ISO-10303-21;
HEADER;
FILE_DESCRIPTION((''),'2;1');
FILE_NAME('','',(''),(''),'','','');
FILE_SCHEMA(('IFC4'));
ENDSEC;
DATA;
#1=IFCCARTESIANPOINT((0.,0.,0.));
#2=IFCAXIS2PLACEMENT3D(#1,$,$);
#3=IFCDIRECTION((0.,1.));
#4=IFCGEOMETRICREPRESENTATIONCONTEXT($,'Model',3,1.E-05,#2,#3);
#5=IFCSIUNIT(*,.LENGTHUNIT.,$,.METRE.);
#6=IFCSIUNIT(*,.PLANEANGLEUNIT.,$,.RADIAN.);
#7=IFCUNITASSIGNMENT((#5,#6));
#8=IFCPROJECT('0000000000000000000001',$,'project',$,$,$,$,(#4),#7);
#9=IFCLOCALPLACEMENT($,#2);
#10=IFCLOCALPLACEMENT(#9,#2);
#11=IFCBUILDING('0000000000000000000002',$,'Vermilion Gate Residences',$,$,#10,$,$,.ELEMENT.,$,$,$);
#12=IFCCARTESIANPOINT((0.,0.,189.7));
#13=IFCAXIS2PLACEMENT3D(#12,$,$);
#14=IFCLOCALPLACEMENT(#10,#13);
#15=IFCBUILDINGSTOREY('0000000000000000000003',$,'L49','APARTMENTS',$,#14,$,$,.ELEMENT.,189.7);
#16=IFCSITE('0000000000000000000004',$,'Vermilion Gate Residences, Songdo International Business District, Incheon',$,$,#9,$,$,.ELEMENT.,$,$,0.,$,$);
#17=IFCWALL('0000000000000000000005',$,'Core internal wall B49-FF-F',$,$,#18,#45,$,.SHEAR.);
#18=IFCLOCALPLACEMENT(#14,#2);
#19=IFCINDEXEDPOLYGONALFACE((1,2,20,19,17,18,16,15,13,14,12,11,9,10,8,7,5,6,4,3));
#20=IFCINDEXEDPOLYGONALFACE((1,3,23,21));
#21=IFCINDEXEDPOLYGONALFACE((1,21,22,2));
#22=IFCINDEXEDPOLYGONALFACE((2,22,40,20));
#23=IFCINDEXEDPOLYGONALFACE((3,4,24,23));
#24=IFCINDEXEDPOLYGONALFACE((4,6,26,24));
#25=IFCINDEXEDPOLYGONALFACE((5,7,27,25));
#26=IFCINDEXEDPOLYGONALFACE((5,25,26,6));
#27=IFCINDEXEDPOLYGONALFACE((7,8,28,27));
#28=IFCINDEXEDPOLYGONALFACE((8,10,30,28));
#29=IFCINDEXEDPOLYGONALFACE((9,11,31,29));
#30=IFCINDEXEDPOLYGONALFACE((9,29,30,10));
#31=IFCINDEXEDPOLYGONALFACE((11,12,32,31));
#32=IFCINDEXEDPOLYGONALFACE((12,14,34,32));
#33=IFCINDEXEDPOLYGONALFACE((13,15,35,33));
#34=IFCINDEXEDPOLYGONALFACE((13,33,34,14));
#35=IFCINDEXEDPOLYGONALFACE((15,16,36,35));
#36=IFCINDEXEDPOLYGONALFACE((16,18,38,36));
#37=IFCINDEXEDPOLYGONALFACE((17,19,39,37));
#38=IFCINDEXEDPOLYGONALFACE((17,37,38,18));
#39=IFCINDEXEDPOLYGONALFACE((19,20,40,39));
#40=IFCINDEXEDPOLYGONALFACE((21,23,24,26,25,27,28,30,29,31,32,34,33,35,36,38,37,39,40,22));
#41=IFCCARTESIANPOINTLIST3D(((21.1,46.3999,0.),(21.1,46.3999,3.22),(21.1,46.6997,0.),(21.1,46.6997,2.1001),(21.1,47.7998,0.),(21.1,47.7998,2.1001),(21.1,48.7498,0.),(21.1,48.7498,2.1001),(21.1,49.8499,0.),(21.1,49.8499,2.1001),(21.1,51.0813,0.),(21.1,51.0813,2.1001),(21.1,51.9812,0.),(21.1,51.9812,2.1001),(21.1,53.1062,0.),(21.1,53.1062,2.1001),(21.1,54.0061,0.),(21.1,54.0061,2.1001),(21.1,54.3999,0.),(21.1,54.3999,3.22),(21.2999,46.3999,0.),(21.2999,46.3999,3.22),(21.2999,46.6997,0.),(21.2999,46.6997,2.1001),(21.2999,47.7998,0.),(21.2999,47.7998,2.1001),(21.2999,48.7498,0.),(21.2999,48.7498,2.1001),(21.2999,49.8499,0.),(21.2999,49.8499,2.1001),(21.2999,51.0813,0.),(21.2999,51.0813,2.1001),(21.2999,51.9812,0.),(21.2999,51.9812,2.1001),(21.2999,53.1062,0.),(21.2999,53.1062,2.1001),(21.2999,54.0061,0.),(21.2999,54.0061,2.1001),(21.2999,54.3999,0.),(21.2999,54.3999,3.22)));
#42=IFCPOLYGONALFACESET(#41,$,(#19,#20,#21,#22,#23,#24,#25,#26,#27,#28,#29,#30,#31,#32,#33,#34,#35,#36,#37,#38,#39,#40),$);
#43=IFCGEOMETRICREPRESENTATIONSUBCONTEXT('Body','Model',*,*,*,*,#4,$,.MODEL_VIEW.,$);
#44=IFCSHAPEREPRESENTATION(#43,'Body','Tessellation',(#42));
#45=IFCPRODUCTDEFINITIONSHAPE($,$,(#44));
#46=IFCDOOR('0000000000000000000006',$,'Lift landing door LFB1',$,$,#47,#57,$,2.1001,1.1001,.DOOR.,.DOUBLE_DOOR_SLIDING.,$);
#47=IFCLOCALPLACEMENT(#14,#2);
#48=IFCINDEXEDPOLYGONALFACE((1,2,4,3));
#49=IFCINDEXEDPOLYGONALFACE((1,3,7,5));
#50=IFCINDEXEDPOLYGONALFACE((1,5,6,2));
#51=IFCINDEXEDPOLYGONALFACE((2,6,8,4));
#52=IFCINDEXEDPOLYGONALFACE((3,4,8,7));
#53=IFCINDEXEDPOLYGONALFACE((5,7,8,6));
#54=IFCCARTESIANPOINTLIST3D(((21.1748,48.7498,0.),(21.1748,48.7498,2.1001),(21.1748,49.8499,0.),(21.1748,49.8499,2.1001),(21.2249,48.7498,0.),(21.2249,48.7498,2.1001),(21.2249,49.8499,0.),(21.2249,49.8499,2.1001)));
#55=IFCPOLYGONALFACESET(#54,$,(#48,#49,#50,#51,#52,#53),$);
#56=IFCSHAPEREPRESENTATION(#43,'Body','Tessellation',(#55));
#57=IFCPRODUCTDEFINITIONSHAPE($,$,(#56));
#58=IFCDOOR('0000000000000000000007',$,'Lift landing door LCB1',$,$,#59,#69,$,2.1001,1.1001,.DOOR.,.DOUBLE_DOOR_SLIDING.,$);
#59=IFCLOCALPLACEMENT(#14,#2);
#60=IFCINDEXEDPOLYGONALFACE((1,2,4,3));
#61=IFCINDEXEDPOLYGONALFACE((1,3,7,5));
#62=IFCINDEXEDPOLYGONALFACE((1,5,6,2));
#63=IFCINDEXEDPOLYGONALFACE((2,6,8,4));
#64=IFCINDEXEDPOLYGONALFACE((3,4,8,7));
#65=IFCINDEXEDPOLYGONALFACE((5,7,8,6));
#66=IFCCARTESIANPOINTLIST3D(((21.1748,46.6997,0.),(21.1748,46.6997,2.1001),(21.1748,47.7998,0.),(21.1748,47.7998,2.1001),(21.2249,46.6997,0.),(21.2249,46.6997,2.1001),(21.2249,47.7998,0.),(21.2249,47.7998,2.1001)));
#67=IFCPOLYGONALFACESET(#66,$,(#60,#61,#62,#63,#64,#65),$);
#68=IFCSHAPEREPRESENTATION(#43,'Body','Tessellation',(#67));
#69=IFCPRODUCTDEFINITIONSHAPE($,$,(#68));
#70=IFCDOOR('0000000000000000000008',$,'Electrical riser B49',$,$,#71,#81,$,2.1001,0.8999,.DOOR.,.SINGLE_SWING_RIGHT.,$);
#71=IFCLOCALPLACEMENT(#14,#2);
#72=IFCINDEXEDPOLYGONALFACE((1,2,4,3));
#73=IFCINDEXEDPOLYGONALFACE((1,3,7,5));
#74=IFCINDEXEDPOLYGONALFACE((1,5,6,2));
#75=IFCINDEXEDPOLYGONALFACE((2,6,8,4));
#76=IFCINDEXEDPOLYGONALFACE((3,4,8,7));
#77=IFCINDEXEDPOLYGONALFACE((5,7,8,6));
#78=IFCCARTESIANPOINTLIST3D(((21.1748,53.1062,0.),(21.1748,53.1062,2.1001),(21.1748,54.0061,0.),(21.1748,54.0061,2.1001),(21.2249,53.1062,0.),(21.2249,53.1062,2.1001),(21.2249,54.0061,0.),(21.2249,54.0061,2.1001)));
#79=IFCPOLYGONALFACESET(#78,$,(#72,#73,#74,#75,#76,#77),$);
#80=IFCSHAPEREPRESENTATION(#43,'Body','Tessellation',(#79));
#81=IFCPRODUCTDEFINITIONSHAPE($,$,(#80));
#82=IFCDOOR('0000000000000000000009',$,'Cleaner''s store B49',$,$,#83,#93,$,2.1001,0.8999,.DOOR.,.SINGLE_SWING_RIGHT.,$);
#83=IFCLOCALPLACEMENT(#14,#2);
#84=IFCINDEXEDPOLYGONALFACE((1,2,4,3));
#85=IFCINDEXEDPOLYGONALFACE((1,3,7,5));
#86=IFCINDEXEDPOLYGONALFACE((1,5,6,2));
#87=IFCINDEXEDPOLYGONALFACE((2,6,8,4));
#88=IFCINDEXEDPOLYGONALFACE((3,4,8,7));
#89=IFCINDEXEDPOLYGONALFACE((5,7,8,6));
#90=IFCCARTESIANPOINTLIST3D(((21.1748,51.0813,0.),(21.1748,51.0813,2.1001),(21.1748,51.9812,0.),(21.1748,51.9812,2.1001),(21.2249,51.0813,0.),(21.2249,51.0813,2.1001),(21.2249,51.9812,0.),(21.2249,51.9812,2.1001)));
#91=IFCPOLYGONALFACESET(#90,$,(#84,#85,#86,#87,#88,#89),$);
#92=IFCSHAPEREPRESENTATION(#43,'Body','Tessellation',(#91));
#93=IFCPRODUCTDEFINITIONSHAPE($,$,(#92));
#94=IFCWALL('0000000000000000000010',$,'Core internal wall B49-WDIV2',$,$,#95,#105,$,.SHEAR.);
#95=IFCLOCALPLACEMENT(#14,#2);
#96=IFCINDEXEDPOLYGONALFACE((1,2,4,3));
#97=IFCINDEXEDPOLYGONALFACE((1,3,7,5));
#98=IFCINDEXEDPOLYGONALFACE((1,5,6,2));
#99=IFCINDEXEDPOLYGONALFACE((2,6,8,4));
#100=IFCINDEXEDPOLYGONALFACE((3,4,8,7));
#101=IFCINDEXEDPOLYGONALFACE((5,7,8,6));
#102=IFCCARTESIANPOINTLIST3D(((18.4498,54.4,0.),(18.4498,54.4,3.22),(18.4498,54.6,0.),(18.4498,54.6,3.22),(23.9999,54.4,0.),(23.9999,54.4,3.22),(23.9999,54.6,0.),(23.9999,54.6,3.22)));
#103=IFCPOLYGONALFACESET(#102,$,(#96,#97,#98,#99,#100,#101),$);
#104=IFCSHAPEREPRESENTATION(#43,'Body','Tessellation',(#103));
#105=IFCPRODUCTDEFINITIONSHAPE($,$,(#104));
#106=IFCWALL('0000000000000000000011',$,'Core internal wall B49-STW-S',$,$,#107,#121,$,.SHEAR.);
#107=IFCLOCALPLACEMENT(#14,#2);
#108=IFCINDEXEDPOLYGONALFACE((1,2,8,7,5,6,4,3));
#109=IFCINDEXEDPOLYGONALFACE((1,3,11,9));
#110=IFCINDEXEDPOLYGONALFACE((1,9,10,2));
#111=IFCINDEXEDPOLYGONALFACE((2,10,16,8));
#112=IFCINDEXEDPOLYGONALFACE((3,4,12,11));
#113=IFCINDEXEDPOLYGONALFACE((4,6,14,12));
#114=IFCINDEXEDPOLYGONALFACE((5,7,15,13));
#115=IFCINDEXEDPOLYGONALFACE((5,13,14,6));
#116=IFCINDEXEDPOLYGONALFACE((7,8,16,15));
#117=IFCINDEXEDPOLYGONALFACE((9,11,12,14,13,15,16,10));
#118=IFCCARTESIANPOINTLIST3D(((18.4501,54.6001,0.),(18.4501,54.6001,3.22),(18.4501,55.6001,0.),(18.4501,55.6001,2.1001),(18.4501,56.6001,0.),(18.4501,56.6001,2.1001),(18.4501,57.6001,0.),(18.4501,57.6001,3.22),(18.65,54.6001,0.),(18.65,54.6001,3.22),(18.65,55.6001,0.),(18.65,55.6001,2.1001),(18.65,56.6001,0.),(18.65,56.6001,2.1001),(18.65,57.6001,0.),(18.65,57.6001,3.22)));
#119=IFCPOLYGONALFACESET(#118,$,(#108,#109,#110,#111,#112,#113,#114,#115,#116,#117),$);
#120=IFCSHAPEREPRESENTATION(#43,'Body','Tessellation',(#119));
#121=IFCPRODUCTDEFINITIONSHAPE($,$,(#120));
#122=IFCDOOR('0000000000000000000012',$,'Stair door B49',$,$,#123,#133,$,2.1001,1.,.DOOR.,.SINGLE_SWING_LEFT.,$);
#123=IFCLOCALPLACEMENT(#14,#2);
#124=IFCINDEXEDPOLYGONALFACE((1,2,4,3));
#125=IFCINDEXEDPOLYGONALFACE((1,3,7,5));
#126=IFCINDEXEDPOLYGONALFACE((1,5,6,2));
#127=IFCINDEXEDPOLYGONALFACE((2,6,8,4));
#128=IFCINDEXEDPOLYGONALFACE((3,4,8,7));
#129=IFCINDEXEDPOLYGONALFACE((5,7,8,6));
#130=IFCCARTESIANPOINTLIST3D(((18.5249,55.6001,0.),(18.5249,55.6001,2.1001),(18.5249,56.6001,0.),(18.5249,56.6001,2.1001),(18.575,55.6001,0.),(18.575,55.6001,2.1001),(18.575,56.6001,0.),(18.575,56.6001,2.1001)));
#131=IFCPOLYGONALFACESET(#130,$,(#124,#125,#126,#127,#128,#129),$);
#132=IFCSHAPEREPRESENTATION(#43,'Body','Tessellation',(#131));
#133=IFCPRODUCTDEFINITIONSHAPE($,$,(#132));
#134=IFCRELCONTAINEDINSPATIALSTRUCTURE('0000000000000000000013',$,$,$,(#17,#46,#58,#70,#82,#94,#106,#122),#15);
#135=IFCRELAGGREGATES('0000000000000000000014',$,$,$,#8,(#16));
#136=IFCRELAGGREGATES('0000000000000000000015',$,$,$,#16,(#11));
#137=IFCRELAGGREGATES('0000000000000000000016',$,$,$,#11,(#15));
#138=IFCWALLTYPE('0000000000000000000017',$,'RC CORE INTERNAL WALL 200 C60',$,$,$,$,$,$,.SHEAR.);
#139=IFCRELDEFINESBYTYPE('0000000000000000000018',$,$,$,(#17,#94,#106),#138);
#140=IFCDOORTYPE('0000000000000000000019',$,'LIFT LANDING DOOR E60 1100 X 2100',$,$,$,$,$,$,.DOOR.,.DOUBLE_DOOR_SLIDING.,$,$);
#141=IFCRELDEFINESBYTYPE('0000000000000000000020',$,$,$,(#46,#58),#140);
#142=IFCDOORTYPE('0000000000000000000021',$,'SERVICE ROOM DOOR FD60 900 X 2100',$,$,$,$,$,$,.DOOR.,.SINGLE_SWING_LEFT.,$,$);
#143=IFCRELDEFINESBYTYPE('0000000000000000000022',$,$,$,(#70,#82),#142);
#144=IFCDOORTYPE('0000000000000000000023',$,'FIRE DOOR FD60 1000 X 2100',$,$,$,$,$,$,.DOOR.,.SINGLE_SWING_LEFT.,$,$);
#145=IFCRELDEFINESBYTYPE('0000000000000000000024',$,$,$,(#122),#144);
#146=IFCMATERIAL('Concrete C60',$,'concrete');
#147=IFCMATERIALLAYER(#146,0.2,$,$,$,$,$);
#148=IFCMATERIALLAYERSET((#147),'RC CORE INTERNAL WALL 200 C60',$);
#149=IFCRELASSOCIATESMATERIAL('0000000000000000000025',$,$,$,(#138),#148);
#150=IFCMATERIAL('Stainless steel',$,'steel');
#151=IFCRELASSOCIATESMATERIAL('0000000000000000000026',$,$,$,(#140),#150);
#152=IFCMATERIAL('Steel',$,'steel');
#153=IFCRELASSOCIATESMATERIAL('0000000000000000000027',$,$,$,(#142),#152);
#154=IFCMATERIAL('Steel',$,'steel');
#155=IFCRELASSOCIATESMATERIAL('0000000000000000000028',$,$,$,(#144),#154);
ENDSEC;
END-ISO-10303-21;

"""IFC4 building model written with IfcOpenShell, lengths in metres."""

from ifc_helpers import new_model, si_unit, direction, frame, frame_2d, origin, place, context, subcontext, project, spatial, rectangle, extrude, material, layer, layer_set, type_object, element, fill, save


model = new_model("IFC4")

# Units and contexts
model_context = context("Model", 3, precision=1e-05, world=origin(), true_north=direction((0.0, 1.0)))
body_context = subcontext(model_context, "Body", "Model", "MODEL_VIEW")
ifc_project = project(units=[si_unit("LENGTHUNIT", "METRE"), si_unit("PLANEANGLEUNIT", "RADIAN")], contexts=[model_context])

# Site, building, storey
site_placement = place(None, origin())
site = spatial("IfcSite", under=ifc_project, at=site_placement, Name="Vermilion Gate Residences, Songdo International Business District, Incheon", CompositionType="ELEMENT", RefElevation=0.0)
building_placement = place(site_placement, origin())
building = spatial("IfcBuilding", under=site, at=building_placement, Name="Vermilion Gate Residences", CompositionType="ELEMENT")
storey_placement = place(building_placement, frame((0.0, 0.0, 189.7)))
storey = spatial("IfcBuildingStorey", under=building, at=storey_placement, Name="L49", Description="APARTMENTS", CompositionType="ELEMENT", Elevation=189.7)

# Wall, openings, doors
ifc_material_1 = material(Name="Concrete C60", Category="concrete")
ifc_layer_1 = layer(ifc_material_1, 0.2)
ifc_layer_set_1 = layer_set([ifc_layer_1], Name="RC CORE INTERNAL WALL 200 C60")
wall_type_1 = type_object("IfcWallType", Name="RC CORE INTERNAL WALL 200 C60", PredefinedType="SHEAR", material=ifc_layer_set_1)
wall_1_placement = place(storey_placement, frame((21.2, 54.3999, 0.0), z_axis=(0.0, 0.0, 1.0), x_axis=(0.0, -1.0, 0.0)))
wall_1 = element("IfcWall", 1, at=wall_1_placement, inside=storey, type_object=wall_type_1, Name="Core internal wall B49-FF-F", PredefinedType="SHEAR", context=body_context, shape_type="SweptSolid", body=[
    extrude(rectangle(XDim=8.0, YDim=0.2, at=frame_2d((4.0, 0.0))), origin(), (0.0, 0.0, 1.0), 3.22),
])
opening_1_placement = place(wall_1_placement, frame((0.3938, 0.0, 0.0)))
opening_1 = element("IfcOpeningElement", 2, at=opening_1_placement, cuts=wall_1, PredefinedType="OPENING", context=body_context, shape_type="SweptSolid", body=[
    extrude(rectangle(XDim=0.8999, YDim=2.1001, at=frame_2d((0.45, 1.05))), frame((0.0, 0.1099, 0.0), z_axis=(0.0, -1.0, 0.0), x_axis=(1.0, 0.0, 0.0)), (0.0, 0.0, 1.0), 0.22),
])
opening_2_placement = place(wall_1_placement, frame((2.4187, 0.0, 0.0)))
opening_2 = element("IfcOpeningElement", 3, at=opening_2_placement, cuts=wall_1, PredefinedType="OPENING", context=body_context, shape_type="SweptSolid", body=[
    extrude(rectangle(XDim=0.8999, YDim=2.1001, at=frame_2d((0.45, 1.05))), frame((0.0, 0.1099, 0.0), z_axis=(0.0, -1.0, 0.0), x_axis=(1.0, 0.0, 0.0)), (0.0, 0.0, 1.0), 0.22),
])
opening_3_placement = place(wall_1_placement, frame((4.55, 0.0, 0.0)))
opening_3 = element("IfcOpeningElement", 4, at=opening_3_placement, cuts=wall_1, PredefinedType="OPENING", context=body_context, shape_type="SweptSolid", body=[
    extrude(rectangle(XDim=1.1001, YDim=2.1001, at=frame_2d((0.55, 1.05))), frame((0.0, 0.1099, 0.0), z_axis=(0.0, -1.0, 0.0), x_axis=(1.0, 0.0, 0.0)), (0.0, 0.0, 1.0), 0.22),
])
opening_4_placement = place(wall_1_placement, frame((6.6001, 0.0, 0.0)))
opening_4 = element("IfcOpeningElement", 5, at=opening_4_placement, cuts=wall_1, PredefinedType="OPENING", context=body_context, shape_type="SweptSolid", body=[
    extrude(rectangle(XDim=1.1001, YDim=2.1001, at=frame_2d((0.55, 1.05))), frame((0.0, 0.1099, 0.0), z_axis=(0.0, -1.0, 0.0), x_axis=(1.0, 0.0, 0.0)), (0.0, 0.0, 1.0), 0.22),
])
ifc_material_2 = material(Name="Stainless steel", Category="steel")
door_type_1 = type_object("IfcDoorType", Name="LIFT LANDING DOOR E60 1100 X 2100", OperationType="DOUBLE_DOOR_SLIDING", PredefinedType="DOOR", material=ifc_material_2)
door_1_placement = place(opening_3_placement, origin())
door_1 = element("IfcDoor", 6, at=door_1_placement, inside=storey, type_object=door_type_1, Name="Lift landing door LFB1", OperationType="DOUBLE_DOOR_SLIDING", OverallHeight=2.1001, OverallWidth=1.1001, PredefinedType="DOOR", context=body_context, shape_type="SweptSolid", body=[
    extrude(rectangle(XDim=1.1001, YDim=2.1001, at=frame_2d((0.55, 1.05))), frame((0.0, 0.0249, 0.0), z_axis=(0.0, -1.0, 0.0), x_axis=(1.0, 0.0, 0.0)), (0.0, 0.0, 1.0), 0.05),
])
fill(opening_3, door_1)
door_2_placement = place(opening_4_placement, origin())
door_2 = element("IfcDoor", 7, at=door_2_placement, inside=storey, type_object=door_type_1, Name="Lift landing door LCB1", OperationType="DOUBLE_DOOR_SLIDING", OverallHeight=2.1001, OverallWidth=1.1001, PredefinedType="DOOR", context=body_context, shape_type="SweptSolid", body=[
    extrude(rectangle(XDim=1.1001, YDim=2.1001, at=frame_2d((0.55, 1.05))), frame((0.0, 0.0249, 0.0), z_axis=(0.0, -1.0, 0.0), x_axis=(1.0, 0.0, 0.0)), (0.0, 0.0, 1.0), 0.05),
])
fill(opening_4, door_2)
ifc_material_3 = material(Name="Steel", Category="steel")
door_type_2 = type_object("IfcDoorType", Name="SERVICE ROOM DOOR FD60 900 X 2100", OperationType="SINGLE_SWING_LEFT", PredefinedType="DOOR", material=ifc_material_3)
door_3_placement = place(opening_1_placement, origin())
door_3 = element("IfcDoor", 8, at=door_3_placement, inside=storey, type_object=door_type_2, Name="Electrical riser B49", OperationType="SINGLE_SWING_RIGHT", OverallHeight=2.1001, OverallWidth=0.8999, PredefinedType="DOOR", context=body_context, shape_type="SweptSolid", body=[
    extrude(rectangle(XDim=0.8999, YDim=2.1001, at=frame_2d((0.45, 1.05))), frame((0.0, 0.0249, 0.0), z_axis=(0.0, -1.0, 0.0), x_axis=(1.0, 0.0, 0.0)), (0.0, 0.0, 1.0), 0.05),
])
fill(opening_1, door_3)
door_4_placement = place(opening_2_placement, origin())
door_4 = element("IfcDoor", 9, at=door_4_placement, inside=storey, type_object=door_type_2, Name="Cleaner's store B49", OperationType="SINGLE_SWING_RIGHT", OverallHeight=2.1001, OverallWidth=0.8999, PredefinedType="DOOR", context=body_context, shape_type="SweptSolid", body=[
    extrude(rectangle(XDim=0.8999, YDim=2.1001, at=frame_2d((0.45, 1.05))), frame((0.0, 0.0249, 0.0), z_axis=(0.0, -1.0, 0.0), x_axis=(1.0, 0.0, 0.0)), (0.0, 0.0, 1.0), 0.05),
])
fill(opening_2, door_4)

# Wall
wall_2_placement = place(storey_placement, frame((18.45, 54.5, 0.0), z_axis=(0.0, 0.0, 1.0), x_axis=(1.0, 0.0, 0.0)))
element("IfcWall", 10, at=wall_2_placement, inside=storey, type_object=wall_type_1, Name="Core internal wall B49-WDIV2", PredefinedType="SHEAR", context=body_context, shape_type="SweptSolid", body=[
    extrude(rectangle(XDim=5.55, YDim=0.2, at=frame_2d((2.7749, 0.0))), origin(), (0.0, 0.0, 1.0), 3.22),
])

# Wall, opening, door
wall_3_placement = place(storey_placement, frame((18.55, 57.6001, 0.0), z_axis=(0.0, 0.0, 1.0), x_axis=(0.0, -1.0, 0.0)))
wall_3 = element("IfcWall", 11, at=wall_3_placement, inside=storey, type_object=wall_type_1, Name="Core internal wall B49-STW-S", PredefinedType="SHEAR", context=body_context, shape_type="SweptSolid", body=[
    extrude(rectangle(XDim=3.0, YDim=0.2, at=frame_2d((1.5, 0.0))), origin(), (0.0, 0.0, 1.0), 3.22),
])
opening_5_placement = place(wall_3_placement, frame((1.0, 0.0, 0.0)))
opening_5 = element("IfcOpeningElement", 12, at=opening_5_placement, cuts=wall_3, PredefinedType="OPENING", context=body_context, shape_type="SweptSolid", body=[
    extrude(rectangle(XDim=1.0, YDim=2.1001, at=frame_2d((0.5, 1.05))), frame((0.0, 0.1099, 0.0), z_axis=(0.0, -1.0, 0.0), x_axis=(1.0, 0.0, 0.0)), (0.0, 0.0, 1.0), 0.22),
])
ifc_material_4 = material(Name="Steel", Category="steel")
door_type_3 = type_object("IfcDoorType", Name="FIRE DOOR FD60 1000 X 2100", OperationType="SINGLE_SWING_LEFT", PredefinedType="DOOR", material=ifc_material_4)
door_5_placement = place(opening_5_placement, origin())
door_5 = element("IfcDoor", 13, at=door_5_placement, inside=storey, type_object=door_type_3, Name="Stair door B49", OperationType="SINGLE_SWING_LEFT", OverallHeight=2.1001, OverallWidth=1.0, PredefinedType="DOOR", context=body_context, shape_type="SweptSolid", body=[
    extrude(rectangle(XDim=1.0, YDim=2.1001, at=frame_2d((0.5, 1.05))), frame((0.0, 0.0249, 0.0), z_axis=(0.0, -1.0, 0.0), x_axis=(1.0, 0.0, 0.0)), (0.0, 0.0, 1.0), 0.05),
])
fill(opening_5, door_5)

save(model, "model.ifc")
